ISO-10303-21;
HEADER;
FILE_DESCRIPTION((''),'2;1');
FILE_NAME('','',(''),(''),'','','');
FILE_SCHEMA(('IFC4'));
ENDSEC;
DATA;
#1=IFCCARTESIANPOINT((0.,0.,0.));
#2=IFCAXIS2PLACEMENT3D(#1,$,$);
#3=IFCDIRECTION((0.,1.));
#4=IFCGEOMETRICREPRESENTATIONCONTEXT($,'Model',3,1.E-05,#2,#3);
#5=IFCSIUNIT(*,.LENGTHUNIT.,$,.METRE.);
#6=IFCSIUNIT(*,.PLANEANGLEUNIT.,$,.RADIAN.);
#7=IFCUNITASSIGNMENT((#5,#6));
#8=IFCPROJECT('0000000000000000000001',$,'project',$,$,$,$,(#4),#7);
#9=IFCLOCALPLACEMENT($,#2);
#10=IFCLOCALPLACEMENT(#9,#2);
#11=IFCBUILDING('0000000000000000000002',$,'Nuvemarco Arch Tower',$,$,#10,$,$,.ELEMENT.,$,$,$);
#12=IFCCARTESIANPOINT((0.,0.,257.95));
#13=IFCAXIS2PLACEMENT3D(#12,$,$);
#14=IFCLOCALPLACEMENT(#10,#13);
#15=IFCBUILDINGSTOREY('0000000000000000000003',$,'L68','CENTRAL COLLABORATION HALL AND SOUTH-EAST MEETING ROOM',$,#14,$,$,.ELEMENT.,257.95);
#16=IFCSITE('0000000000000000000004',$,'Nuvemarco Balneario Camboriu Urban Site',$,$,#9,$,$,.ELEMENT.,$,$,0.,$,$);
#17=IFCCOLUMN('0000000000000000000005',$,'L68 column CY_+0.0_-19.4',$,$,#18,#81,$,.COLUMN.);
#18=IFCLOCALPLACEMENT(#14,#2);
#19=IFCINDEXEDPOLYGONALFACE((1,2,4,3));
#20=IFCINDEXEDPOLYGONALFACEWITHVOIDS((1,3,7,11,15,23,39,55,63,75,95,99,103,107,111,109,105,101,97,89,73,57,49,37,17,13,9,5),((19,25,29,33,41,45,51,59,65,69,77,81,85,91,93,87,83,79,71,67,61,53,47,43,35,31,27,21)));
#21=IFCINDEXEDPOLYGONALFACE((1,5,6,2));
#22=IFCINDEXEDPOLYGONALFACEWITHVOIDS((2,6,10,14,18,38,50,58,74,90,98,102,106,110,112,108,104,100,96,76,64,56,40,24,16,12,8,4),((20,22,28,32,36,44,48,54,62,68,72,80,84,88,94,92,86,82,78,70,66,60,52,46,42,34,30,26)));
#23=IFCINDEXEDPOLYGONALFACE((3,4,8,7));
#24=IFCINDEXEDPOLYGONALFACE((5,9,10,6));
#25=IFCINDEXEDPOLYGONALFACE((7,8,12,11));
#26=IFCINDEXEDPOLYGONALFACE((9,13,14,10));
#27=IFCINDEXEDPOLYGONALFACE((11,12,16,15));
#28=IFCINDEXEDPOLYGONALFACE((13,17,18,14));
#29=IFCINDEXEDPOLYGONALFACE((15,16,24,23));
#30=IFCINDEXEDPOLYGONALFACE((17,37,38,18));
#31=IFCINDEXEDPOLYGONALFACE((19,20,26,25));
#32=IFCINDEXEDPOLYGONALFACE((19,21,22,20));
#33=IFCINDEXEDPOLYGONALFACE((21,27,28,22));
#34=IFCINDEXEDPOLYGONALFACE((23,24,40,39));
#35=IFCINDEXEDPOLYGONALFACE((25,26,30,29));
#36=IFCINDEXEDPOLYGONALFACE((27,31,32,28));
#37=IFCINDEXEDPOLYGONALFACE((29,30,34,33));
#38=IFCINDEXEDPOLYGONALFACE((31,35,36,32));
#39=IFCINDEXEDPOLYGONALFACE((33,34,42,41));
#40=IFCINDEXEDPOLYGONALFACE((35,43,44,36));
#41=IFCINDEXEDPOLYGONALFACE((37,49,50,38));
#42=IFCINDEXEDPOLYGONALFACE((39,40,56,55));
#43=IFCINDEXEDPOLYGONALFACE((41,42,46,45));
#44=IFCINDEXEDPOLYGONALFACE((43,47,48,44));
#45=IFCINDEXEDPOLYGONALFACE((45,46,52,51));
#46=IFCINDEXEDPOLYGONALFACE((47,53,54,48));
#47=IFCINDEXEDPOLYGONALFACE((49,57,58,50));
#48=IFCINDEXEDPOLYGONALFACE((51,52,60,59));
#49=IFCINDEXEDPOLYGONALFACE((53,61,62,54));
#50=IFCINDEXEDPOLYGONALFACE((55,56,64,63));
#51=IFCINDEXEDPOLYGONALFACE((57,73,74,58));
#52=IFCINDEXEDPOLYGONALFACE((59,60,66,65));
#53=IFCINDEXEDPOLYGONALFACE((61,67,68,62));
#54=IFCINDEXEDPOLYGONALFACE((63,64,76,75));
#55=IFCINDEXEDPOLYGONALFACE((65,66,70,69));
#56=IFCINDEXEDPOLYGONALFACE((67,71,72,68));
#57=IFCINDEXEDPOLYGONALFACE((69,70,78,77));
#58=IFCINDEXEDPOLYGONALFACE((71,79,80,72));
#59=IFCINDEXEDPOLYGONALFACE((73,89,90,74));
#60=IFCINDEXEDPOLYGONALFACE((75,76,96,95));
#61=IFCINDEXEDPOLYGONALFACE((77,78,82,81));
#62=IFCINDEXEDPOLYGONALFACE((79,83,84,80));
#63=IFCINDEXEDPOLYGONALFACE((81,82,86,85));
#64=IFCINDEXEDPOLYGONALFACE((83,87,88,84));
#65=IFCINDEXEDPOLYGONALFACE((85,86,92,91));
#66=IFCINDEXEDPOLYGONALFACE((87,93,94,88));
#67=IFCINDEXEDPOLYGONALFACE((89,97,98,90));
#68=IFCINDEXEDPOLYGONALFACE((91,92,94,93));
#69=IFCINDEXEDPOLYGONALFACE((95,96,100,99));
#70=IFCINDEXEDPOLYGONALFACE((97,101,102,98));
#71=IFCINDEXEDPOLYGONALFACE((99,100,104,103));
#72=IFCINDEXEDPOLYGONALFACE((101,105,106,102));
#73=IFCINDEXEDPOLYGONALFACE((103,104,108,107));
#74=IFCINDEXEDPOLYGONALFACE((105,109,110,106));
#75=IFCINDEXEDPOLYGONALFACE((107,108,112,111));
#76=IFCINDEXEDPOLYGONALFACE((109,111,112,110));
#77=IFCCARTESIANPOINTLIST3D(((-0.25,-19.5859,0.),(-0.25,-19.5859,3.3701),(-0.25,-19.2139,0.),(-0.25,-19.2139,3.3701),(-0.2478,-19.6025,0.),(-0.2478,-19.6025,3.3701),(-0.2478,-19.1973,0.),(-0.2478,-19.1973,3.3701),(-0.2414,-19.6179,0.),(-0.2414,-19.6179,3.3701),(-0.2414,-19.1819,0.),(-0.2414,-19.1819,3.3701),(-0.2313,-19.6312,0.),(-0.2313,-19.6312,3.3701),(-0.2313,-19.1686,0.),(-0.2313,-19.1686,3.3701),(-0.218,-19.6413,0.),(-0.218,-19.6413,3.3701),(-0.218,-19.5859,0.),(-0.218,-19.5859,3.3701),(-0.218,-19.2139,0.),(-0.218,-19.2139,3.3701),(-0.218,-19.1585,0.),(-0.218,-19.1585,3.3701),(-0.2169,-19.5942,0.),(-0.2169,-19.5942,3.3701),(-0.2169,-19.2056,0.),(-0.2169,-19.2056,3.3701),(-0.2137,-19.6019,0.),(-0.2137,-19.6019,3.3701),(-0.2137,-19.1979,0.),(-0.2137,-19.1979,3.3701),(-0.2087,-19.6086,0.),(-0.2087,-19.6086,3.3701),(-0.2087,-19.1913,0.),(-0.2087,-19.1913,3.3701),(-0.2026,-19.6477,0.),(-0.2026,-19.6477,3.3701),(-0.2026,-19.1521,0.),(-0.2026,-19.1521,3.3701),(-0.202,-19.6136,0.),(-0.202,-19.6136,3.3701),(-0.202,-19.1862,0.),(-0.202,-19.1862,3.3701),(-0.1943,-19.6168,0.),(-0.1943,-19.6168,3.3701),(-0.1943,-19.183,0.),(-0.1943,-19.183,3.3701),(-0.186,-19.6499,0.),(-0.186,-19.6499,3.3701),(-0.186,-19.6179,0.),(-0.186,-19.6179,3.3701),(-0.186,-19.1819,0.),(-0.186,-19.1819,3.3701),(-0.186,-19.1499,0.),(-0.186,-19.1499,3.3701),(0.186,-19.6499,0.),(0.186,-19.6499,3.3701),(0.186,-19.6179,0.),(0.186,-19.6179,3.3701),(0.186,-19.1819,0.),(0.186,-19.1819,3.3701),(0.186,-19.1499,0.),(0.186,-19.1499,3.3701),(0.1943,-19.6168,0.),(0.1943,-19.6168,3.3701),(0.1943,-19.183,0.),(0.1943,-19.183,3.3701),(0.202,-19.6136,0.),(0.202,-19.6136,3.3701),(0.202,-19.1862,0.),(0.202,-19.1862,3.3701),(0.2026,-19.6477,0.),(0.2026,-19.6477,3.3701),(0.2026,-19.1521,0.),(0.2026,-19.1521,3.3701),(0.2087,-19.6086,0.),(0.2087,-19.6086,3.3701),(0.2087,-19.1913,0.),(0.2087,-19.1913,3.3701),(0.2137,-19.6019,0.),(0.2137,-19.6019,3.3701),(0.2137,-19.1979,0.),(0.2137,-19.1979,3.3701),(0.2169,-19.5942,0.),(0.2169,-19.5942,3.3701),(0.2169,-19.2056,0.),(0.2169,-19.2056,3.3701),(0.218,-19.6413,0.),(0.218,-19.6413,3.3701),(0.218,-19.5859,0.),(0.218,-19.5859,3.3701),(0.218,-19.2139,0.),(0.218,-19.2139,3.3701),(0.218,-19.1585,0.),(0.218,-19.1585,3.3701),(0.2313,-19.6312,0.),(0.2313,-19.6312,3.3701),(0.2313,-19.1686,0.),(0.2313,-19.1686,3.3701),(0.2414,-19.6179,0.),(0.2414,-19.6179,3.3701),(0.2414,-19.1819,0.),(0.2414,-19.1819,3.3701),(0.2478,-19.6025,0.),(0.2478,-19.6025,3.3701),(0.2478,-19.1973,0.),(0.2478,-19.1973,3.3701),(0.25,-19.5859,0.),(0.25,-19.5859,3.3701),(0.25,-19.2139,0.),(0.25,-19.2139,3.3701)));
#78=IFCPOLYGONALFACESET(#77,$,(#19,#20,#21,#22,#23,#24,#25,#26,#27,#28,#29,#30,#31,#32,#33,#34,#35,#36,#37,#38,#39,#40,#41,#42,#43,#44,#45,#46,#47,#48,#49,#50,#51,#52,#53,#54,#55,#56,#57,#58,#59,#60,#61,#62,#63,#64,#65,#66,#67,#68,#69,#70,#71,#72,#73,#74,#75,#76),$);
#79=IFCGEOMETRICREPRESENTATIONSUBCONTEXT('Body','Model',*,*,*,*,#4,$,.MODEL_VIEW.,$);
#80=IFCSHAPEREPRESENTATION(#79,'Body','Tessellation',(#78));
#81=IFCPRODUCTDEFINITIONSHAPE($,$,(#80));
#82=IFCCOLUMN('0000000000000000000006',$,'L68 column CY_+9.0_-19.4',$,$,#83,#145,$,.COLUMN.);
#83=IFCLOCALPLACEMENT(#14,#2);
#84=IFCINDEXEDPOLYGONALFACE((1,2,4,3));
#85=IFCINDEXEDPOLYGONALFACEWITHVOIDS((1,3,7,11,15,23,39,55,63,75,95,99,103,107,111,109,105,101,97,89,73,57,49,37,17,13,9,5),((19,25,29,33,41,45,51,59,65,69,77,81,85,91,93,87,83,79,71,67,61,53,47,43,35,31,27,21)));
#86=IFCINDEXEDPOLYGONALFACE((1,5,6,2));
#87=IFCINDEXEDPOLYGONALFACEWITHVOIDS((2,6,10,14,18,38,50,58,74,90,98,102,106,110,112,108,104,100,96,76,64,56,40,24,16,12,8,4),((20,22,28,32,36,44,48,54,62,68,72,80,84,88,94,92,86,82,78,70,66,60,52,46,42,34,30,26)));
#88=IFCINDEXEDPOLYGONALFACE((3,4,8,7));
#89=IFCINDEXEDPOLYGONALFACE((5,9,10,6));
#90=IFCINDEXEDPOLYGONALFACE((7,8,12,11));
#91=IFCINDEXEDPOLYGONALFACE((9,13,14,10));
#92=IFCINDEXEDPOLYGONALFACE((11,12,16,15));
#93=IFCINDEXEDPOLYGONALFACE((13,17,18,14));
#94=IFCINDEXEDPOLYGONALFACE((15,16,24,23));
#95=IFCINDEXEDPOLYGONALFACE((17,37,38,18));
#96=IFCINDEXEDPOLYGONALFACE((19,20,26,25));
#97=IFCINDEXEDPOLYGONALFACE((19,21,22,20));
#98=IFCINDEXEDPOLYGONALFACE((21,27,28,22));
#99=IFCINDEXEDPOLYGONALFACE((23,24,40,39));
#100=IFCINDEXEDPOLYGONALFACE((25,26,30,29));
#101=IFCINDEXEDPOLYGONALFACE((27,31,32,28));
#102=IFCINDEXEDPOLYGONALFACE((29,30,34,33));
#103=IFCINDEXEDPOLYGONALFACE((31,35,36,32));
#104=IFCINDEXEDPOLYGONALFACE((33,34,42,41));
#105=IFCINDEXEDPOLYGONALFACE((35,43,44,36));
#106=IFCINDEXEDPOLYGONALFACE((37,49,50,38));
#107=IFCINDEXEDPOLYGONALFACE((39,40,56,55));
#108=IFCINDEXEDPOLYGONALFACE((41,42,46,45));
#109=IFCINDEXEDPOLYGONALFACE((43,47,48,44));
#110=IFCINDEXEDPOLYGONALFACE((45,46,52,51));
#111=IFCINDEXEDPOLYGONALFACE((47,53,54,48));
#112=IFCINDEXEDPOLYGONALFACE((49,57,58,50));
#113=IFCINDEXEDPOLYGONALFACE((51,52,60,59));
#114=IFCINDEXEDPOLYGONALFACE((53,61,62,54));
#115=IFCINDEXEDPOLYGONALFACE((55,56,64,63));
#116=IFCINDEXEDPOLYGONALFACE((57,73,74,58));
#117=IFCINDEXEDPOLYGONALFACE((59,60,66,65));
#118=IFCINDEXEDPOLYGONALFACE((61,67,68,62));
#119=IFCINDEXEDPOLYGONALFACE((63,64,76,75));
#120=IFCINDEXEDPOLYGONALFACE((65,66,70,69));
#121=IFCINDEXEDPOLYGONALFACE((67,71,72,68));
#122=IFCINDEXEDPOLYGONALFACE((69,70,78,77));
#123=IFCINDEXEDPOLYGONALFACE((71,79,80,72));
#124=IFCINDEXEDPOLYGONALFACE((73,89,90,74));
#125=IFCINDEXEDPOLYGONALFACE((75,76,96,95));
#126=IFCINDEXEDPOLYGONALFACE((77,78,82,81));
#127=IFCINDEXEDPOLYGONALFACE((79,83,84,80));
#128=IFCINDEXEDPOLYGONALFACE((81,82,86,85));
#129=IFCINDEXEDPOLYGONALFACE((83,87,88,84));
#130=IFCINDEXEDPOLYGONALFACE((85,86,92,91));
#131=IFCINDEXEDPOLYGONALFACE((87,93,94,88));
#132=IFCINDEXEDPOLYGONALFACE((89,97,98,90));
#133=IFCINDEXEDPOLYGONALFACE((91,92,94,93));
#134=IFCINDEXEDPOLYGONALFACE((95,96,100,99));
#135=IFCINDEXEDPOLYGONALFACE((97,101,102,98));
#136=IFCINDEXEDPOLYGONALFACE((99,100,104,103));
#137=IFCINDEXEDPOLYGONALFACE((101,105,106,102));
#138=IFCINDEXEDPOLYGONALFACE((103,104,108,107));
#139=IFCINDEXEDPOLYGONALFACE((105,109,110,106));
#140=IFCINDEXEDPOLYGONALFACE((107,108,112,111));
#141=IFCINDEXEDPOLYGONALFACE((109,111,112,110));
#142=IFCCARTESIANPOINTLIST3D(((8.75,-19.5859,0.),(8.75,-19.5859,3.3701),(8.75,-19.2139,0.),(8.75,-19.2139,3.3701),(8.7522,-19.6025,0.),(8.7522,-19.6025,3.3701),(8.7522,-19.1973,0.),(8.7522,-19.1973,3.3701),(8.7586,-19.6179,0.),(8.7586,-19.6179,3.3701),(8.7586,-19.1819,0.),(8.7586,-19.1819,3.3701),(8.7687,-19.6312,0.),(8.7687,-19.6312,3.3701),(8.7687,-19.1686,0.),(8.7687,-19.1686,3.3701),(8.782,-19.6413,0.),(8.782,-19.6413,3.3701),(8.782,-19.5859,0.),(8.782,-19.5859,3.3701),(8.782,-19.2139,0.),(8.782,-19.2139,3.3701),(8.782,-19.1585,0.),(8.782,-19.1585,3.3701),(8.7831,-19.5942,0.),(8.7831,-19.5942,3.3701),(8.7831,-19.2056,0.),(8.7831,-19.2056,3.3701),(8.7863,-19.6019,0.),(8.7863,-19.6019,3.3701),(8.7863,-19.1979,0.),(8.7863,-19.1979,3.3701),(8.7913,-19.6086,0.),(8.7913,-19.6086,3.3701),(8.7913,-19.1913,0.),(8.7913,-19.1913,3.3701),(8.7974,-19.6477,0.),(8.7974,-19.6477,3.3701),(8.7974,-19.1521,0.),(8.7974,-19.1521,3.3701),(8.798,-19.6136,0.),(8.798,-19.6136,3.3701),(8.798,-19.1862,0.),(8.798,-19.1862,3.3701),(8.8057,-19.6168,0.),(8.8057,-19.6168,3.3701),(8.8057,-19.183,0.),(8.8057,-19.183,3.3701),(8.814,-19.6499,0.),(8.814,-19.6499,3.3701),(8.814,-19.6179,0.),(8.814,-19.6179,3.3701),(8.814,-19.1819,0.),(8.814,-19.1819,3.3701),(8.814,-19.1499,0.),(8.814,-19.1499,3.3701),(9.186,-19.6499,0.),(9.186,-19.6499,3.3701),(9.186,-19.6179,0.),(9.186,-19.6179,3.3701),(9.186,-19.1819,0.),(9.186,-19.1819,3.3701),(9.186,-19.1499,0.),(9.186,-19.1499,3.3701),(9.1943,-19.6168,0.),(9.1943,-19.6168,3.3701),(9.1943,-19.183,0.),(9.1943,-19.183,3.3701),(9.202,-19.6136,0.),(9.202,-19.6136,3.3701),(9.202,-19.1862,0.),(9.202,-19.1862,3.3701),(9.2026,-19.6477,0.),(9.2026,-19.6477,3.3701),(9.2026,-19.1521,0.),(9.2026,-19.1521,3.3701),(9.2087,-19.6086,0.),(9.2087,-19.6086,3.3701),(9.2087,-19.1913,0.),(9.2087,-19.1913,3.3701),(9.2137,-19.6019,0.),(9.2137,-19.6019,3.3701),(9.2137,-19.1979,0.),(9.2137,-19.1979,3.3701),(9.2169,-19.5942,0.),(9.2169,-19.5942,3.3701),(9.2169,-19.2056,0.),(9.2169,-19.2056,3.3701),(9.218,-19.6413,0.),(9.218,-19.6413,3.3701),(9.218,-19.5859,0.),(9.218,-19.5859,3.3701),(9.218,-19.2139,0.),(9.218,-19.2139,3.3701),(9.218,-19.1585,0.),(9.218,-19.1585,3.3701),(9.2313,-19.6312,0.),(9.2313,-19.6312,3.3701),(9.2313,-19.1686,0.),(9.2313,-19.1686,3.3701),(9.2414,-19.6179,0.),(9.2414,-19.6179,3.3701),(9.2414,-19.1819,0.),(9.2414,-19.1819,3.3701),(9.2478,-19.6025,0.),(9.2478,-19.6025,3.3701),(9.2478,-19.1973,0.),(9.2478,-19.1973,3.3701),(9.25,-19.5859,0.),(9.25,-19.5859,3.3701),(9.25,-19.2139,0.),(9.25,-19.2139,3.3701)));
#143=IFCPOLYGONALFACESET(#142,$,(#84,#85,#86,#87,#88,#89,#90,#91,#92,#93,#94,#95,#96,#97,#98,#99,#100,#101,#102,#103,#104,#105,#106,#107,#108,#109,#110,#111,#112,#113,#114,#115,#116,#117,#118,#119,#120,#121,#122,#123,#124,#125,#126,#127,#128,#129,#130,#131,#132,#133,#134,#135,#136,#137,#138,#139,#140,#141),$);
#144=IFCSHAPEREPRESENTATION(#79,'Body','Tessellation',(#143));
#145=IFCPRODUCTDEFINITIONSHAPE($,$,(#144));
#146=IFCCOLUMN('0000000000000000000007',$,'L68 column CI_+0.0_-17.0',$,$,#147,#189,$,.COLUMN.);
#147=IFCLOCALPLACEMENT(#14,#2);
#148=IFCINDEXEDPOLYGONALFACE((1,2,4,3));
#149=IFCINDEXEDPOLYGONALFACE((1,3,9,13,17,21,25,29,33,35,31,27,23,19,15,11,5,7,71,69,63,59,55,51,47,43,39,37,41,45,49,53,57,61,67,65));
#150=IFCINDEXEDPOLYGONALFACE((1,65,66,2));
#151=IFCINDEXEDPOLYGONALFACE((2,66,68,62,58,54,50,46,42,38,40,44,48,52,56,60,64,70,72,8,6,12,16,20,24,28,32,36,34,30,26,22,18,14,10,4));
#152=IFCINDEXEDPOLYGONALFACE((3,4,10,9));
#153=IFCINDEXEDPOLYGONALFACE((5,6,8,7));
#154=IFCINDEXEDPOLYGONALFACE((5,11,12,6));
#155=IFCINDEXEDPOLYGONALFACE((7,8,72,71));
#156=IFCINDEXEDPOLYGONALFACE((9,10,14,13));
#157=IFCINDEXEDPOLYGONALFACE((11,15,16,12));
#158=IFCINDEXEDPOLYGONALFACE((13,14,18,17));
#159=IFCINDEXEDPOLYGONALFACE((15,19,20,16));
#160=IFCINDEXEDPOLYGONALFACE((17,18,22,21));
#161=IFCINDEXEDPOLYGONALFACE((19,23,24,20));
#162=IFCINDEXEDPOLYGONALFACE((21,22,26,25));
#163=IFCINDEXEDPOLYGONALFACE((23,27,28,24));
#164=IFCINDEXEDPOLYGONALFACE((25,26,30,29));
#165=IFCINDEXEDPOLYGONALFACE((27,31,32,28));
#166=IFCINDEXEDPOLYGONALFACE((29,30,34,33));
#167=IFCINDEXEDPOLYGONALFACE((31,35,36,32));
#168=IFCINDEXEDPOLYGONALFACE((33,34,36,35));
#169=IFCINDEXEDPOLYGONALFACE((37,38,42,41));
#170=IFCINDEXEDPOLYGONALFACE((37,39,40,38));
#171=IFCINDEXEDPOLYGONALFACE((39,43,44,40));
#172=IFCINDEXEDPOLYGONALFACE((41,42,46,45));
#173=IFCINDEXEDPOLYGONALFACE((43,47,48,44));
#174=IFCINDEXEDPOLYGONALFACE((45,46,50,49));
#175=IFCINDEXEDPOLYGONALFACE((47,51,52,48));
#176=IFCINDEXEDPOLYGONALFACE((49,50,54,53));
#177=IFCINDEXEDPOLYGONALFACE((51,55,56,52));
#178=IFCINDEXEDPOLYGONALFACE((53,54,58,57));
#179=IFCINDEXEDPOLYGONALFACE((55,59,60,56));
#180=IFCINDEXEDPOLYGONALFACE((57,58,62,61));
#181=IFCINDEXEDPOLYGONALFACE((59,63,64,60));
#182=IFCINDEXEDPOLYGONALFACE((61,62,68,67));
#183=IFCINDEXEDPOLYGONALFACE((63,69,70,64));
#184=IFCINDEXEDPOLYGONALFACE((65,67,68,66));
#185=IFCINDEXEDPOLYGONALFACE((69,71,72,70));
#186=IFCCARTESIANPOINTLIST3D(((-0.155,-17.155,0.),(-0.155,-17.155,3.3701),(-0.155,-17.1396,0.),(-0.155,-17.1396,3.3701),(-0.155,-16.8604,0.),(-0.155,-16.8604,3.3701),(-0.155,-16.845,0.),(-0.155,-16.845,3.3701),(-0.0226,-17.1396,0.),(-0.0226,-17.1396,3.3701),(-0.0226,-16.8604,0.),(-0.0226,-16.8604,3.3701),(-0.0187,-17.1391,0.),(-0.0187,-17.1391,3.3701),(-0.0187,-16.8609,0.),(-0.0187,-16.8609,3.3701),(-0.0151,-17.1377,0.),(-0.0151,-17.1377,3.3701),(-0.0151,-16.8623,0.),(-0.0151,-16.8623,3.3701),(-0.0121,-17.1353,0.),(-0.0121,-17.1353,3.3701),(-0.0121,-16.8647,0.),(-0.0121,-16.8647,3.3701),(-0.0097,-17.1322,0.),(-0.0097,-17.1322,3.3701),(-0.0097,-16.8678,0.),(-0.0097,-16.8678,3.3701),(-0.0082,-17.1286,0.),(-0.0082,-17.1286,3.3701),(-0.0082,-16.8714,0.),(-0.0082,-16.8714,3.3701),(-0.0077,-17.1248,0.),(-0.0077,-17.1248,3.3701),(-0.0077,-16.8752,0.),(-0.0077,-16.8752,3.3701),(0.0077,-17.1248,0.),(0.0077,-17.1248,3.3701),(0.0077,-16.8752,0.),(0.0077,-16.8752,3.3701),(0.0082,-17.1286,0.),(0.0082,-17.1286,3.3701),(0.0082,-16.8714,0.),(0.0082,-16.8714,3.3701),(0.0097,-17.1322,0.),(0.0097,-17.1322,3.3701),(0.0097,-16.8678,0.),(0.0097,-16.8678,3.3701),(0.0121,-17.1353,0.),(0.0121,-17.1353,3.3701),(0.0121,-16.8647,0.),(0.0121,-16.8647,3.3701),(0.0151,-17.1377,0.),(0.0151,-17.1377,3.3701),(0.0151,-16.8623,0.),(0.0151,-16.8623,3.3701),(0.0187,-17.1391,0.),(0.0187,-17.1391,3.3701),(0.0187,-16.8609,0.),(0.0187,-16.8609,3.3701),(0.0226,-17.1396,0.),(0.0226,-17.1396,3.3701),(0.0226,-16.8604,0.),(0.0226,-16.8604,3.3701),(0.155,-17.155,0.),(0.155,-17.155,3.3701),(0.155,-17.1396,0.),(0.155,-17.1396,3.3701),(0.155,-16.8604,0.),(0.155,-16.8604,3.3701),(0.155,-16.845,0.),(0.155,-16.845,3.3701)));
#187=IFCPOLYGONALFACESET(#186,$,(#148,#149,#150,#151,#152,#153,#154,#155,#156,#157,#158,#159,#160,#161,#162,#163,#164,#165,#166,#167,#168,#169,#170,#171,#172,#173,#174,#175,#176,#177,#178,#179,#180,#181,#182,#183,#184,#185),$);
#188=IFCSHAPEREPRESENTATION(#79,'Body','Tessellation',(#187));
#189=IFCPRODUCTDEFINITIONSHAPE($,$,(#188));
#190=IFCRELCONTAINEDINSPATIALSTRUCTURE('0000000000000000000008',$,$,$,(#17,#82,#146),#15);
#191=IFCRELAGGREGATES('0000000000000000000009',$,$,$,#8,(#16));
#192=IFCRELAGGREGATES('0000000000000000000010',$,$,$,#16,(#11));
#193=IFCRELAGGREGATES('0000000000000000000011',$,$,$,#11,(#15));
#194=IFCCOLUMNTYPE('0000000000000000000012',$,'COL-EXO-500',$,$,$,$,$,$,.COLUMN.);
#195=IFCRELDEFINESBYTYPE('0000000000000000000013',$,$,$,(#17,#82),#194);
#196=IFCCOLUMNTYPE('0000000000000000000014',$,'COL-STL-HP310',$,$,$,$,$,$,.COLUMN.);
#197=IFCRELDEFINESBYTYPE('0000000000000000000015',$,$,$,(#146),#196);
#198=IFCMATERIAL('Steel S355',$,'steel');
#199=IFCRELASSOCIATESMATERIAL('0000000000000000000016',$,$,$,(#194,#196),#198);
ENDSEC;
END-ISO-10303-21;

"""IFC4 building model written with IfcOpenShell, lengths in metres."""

from ifc_helpers import new_model, si_unit, direction, frame, origin, origin_2d, place, context, subcontext, project, spatial, hollow_rectangle, i_section, extrude, material, material_profile, profile_set, type_object, element, save


model = new_model("IFC4")

# Units and contexts
model_context = context("Model", 3, precision=1e-05, world=origin(), true_north=direction((0.0, 1.0)))
body_context = subcontext(model_context, "Body", "Model", "MODEL_VIEW")
ifc_project = project(units=[si_unit("LENGTHUNIT", "METRE"), si_unit("PLANEANGLEUNIT", "RADIAN")], contexts=[model_context])

# Site, building, storey
site_placement = place(None, origin())
site = spatial("IfcSite", under=ifc_project, at=site_placement, Name="Nuvemarco Balneario Camboriu Urban Site", CompositionType="ELEMENT", RefElevation=0.0)
building_placement = place(site_placement, origin())
building = spatial("IfcBuilding", under=site, at=building_placement, Name="Nuvemarco Arch Tower", CompositionType="ELEMENT")
storey_placement = place(building_placement, frame((0.0, 0.0, 257.95)))
storey = spatial("IfcBuildingStorey", under=building, at=storey_placement, Name="L68", Description="CENTRAL COLLABORATION HALL AND SOUTH-EAST MEETING ROOM", CompositionType="ELEMENT", Elevation=257.95)

# Columns
ifc_material_1 = material(Name="Steel S355", Category="steel")
ifc_material_profile_1 = material_profile(ifc_material_1, hollow_rectangle(XDim=0.5, YDim=0.5, WallThickness=0.032, InnerFilletRadius=0.032, OuterFilletRadius=0.064, at=origin_2d()), Name="SHS500x500x32")
ifc_profile_set_1 = profile_set([ifc_material_profile_1], Name="Steel S355")
column_type_1 = type_object("IfcColumnType", Name="COL-EXO-500", PredefinedType="COLUMN", material=ifc_profile_set_1)
for number, where, z_axis, x_axis, name in (
    (1, (0.0, -19.3999, 0.0), (0.0, 0.0, 1.0), (1.0, 0.0, 0.0), "L68 column CY_+0.0_-19.4"),
    (2, (9.0, -19.3999, 0.0), (0.0, 0.0, 1.0), (1.0, 0.0, 0.0), "L68 column CY_+9.0_-19.4"),
):
    element("IfcColumn", number, at=place(storey_placement, frame(where, z_axis=z_axis, x_axis=x_axis)), inside=storey, type_object=column_type_1, Name=name, PredefinedType="COLUMN", context=body_context, shape_type="SweptSolid", body=[
        extrude(hollow_rectangle(XDim=0.5, YDim=0.5, WallThickness=0.032, InnerFilletRadius=0.032, OuterFilletRadius=0.064, at=origin_2d()), origin(), (0.0, 0.0, 1.0), 3.3701),
    ])
ifc_material_profile_2 = material_profile(ifc_material_1, i_section(OverallWidth=0.3101, OverallDepth=0.3101, WebThickness=0.0154, FlangeThickness=0.0154, FilletRadius=0.0149, at=origin_2d()), Name="HP310x110")
ifc_profile_set_2 = profile_set([ifc_material_profile_2], Name="Steel S355")
column_type_2 = type_object("IfcColumnType", Name="COL-STL-HP310", PredefinedType="COLUMN", material=ifc_profile_set_2)
for number, where, z_axis, x_axis, name in (
    (3, (0.0, -17.0, 0.0), (0.0, 0.0, 1.0), (1.0, 0.0, 0.0), "L68 column CI_+0.0_-17.0"),
):
    element("IfcColumn", number, at=place(storey_placement, frame(where, z_axis=z_axis, x_axis=x_axis)), inside=storey, type_object=column_type_2, Name=name, PredefinedType="COLUMN", context=body_context, shape_type="SweptSolid", body=[
        extrude(i_section(OverallWidth=0.3101, OverallDepth=0.3101, WebThickness=0.0154, FlangeThickness=0.0154, FilletRadius=0.0149, at=origin_2d()), origin(), (0.0, 0.0, 1.0), 3.3701),
    ])

save(model, "model.ifc")
